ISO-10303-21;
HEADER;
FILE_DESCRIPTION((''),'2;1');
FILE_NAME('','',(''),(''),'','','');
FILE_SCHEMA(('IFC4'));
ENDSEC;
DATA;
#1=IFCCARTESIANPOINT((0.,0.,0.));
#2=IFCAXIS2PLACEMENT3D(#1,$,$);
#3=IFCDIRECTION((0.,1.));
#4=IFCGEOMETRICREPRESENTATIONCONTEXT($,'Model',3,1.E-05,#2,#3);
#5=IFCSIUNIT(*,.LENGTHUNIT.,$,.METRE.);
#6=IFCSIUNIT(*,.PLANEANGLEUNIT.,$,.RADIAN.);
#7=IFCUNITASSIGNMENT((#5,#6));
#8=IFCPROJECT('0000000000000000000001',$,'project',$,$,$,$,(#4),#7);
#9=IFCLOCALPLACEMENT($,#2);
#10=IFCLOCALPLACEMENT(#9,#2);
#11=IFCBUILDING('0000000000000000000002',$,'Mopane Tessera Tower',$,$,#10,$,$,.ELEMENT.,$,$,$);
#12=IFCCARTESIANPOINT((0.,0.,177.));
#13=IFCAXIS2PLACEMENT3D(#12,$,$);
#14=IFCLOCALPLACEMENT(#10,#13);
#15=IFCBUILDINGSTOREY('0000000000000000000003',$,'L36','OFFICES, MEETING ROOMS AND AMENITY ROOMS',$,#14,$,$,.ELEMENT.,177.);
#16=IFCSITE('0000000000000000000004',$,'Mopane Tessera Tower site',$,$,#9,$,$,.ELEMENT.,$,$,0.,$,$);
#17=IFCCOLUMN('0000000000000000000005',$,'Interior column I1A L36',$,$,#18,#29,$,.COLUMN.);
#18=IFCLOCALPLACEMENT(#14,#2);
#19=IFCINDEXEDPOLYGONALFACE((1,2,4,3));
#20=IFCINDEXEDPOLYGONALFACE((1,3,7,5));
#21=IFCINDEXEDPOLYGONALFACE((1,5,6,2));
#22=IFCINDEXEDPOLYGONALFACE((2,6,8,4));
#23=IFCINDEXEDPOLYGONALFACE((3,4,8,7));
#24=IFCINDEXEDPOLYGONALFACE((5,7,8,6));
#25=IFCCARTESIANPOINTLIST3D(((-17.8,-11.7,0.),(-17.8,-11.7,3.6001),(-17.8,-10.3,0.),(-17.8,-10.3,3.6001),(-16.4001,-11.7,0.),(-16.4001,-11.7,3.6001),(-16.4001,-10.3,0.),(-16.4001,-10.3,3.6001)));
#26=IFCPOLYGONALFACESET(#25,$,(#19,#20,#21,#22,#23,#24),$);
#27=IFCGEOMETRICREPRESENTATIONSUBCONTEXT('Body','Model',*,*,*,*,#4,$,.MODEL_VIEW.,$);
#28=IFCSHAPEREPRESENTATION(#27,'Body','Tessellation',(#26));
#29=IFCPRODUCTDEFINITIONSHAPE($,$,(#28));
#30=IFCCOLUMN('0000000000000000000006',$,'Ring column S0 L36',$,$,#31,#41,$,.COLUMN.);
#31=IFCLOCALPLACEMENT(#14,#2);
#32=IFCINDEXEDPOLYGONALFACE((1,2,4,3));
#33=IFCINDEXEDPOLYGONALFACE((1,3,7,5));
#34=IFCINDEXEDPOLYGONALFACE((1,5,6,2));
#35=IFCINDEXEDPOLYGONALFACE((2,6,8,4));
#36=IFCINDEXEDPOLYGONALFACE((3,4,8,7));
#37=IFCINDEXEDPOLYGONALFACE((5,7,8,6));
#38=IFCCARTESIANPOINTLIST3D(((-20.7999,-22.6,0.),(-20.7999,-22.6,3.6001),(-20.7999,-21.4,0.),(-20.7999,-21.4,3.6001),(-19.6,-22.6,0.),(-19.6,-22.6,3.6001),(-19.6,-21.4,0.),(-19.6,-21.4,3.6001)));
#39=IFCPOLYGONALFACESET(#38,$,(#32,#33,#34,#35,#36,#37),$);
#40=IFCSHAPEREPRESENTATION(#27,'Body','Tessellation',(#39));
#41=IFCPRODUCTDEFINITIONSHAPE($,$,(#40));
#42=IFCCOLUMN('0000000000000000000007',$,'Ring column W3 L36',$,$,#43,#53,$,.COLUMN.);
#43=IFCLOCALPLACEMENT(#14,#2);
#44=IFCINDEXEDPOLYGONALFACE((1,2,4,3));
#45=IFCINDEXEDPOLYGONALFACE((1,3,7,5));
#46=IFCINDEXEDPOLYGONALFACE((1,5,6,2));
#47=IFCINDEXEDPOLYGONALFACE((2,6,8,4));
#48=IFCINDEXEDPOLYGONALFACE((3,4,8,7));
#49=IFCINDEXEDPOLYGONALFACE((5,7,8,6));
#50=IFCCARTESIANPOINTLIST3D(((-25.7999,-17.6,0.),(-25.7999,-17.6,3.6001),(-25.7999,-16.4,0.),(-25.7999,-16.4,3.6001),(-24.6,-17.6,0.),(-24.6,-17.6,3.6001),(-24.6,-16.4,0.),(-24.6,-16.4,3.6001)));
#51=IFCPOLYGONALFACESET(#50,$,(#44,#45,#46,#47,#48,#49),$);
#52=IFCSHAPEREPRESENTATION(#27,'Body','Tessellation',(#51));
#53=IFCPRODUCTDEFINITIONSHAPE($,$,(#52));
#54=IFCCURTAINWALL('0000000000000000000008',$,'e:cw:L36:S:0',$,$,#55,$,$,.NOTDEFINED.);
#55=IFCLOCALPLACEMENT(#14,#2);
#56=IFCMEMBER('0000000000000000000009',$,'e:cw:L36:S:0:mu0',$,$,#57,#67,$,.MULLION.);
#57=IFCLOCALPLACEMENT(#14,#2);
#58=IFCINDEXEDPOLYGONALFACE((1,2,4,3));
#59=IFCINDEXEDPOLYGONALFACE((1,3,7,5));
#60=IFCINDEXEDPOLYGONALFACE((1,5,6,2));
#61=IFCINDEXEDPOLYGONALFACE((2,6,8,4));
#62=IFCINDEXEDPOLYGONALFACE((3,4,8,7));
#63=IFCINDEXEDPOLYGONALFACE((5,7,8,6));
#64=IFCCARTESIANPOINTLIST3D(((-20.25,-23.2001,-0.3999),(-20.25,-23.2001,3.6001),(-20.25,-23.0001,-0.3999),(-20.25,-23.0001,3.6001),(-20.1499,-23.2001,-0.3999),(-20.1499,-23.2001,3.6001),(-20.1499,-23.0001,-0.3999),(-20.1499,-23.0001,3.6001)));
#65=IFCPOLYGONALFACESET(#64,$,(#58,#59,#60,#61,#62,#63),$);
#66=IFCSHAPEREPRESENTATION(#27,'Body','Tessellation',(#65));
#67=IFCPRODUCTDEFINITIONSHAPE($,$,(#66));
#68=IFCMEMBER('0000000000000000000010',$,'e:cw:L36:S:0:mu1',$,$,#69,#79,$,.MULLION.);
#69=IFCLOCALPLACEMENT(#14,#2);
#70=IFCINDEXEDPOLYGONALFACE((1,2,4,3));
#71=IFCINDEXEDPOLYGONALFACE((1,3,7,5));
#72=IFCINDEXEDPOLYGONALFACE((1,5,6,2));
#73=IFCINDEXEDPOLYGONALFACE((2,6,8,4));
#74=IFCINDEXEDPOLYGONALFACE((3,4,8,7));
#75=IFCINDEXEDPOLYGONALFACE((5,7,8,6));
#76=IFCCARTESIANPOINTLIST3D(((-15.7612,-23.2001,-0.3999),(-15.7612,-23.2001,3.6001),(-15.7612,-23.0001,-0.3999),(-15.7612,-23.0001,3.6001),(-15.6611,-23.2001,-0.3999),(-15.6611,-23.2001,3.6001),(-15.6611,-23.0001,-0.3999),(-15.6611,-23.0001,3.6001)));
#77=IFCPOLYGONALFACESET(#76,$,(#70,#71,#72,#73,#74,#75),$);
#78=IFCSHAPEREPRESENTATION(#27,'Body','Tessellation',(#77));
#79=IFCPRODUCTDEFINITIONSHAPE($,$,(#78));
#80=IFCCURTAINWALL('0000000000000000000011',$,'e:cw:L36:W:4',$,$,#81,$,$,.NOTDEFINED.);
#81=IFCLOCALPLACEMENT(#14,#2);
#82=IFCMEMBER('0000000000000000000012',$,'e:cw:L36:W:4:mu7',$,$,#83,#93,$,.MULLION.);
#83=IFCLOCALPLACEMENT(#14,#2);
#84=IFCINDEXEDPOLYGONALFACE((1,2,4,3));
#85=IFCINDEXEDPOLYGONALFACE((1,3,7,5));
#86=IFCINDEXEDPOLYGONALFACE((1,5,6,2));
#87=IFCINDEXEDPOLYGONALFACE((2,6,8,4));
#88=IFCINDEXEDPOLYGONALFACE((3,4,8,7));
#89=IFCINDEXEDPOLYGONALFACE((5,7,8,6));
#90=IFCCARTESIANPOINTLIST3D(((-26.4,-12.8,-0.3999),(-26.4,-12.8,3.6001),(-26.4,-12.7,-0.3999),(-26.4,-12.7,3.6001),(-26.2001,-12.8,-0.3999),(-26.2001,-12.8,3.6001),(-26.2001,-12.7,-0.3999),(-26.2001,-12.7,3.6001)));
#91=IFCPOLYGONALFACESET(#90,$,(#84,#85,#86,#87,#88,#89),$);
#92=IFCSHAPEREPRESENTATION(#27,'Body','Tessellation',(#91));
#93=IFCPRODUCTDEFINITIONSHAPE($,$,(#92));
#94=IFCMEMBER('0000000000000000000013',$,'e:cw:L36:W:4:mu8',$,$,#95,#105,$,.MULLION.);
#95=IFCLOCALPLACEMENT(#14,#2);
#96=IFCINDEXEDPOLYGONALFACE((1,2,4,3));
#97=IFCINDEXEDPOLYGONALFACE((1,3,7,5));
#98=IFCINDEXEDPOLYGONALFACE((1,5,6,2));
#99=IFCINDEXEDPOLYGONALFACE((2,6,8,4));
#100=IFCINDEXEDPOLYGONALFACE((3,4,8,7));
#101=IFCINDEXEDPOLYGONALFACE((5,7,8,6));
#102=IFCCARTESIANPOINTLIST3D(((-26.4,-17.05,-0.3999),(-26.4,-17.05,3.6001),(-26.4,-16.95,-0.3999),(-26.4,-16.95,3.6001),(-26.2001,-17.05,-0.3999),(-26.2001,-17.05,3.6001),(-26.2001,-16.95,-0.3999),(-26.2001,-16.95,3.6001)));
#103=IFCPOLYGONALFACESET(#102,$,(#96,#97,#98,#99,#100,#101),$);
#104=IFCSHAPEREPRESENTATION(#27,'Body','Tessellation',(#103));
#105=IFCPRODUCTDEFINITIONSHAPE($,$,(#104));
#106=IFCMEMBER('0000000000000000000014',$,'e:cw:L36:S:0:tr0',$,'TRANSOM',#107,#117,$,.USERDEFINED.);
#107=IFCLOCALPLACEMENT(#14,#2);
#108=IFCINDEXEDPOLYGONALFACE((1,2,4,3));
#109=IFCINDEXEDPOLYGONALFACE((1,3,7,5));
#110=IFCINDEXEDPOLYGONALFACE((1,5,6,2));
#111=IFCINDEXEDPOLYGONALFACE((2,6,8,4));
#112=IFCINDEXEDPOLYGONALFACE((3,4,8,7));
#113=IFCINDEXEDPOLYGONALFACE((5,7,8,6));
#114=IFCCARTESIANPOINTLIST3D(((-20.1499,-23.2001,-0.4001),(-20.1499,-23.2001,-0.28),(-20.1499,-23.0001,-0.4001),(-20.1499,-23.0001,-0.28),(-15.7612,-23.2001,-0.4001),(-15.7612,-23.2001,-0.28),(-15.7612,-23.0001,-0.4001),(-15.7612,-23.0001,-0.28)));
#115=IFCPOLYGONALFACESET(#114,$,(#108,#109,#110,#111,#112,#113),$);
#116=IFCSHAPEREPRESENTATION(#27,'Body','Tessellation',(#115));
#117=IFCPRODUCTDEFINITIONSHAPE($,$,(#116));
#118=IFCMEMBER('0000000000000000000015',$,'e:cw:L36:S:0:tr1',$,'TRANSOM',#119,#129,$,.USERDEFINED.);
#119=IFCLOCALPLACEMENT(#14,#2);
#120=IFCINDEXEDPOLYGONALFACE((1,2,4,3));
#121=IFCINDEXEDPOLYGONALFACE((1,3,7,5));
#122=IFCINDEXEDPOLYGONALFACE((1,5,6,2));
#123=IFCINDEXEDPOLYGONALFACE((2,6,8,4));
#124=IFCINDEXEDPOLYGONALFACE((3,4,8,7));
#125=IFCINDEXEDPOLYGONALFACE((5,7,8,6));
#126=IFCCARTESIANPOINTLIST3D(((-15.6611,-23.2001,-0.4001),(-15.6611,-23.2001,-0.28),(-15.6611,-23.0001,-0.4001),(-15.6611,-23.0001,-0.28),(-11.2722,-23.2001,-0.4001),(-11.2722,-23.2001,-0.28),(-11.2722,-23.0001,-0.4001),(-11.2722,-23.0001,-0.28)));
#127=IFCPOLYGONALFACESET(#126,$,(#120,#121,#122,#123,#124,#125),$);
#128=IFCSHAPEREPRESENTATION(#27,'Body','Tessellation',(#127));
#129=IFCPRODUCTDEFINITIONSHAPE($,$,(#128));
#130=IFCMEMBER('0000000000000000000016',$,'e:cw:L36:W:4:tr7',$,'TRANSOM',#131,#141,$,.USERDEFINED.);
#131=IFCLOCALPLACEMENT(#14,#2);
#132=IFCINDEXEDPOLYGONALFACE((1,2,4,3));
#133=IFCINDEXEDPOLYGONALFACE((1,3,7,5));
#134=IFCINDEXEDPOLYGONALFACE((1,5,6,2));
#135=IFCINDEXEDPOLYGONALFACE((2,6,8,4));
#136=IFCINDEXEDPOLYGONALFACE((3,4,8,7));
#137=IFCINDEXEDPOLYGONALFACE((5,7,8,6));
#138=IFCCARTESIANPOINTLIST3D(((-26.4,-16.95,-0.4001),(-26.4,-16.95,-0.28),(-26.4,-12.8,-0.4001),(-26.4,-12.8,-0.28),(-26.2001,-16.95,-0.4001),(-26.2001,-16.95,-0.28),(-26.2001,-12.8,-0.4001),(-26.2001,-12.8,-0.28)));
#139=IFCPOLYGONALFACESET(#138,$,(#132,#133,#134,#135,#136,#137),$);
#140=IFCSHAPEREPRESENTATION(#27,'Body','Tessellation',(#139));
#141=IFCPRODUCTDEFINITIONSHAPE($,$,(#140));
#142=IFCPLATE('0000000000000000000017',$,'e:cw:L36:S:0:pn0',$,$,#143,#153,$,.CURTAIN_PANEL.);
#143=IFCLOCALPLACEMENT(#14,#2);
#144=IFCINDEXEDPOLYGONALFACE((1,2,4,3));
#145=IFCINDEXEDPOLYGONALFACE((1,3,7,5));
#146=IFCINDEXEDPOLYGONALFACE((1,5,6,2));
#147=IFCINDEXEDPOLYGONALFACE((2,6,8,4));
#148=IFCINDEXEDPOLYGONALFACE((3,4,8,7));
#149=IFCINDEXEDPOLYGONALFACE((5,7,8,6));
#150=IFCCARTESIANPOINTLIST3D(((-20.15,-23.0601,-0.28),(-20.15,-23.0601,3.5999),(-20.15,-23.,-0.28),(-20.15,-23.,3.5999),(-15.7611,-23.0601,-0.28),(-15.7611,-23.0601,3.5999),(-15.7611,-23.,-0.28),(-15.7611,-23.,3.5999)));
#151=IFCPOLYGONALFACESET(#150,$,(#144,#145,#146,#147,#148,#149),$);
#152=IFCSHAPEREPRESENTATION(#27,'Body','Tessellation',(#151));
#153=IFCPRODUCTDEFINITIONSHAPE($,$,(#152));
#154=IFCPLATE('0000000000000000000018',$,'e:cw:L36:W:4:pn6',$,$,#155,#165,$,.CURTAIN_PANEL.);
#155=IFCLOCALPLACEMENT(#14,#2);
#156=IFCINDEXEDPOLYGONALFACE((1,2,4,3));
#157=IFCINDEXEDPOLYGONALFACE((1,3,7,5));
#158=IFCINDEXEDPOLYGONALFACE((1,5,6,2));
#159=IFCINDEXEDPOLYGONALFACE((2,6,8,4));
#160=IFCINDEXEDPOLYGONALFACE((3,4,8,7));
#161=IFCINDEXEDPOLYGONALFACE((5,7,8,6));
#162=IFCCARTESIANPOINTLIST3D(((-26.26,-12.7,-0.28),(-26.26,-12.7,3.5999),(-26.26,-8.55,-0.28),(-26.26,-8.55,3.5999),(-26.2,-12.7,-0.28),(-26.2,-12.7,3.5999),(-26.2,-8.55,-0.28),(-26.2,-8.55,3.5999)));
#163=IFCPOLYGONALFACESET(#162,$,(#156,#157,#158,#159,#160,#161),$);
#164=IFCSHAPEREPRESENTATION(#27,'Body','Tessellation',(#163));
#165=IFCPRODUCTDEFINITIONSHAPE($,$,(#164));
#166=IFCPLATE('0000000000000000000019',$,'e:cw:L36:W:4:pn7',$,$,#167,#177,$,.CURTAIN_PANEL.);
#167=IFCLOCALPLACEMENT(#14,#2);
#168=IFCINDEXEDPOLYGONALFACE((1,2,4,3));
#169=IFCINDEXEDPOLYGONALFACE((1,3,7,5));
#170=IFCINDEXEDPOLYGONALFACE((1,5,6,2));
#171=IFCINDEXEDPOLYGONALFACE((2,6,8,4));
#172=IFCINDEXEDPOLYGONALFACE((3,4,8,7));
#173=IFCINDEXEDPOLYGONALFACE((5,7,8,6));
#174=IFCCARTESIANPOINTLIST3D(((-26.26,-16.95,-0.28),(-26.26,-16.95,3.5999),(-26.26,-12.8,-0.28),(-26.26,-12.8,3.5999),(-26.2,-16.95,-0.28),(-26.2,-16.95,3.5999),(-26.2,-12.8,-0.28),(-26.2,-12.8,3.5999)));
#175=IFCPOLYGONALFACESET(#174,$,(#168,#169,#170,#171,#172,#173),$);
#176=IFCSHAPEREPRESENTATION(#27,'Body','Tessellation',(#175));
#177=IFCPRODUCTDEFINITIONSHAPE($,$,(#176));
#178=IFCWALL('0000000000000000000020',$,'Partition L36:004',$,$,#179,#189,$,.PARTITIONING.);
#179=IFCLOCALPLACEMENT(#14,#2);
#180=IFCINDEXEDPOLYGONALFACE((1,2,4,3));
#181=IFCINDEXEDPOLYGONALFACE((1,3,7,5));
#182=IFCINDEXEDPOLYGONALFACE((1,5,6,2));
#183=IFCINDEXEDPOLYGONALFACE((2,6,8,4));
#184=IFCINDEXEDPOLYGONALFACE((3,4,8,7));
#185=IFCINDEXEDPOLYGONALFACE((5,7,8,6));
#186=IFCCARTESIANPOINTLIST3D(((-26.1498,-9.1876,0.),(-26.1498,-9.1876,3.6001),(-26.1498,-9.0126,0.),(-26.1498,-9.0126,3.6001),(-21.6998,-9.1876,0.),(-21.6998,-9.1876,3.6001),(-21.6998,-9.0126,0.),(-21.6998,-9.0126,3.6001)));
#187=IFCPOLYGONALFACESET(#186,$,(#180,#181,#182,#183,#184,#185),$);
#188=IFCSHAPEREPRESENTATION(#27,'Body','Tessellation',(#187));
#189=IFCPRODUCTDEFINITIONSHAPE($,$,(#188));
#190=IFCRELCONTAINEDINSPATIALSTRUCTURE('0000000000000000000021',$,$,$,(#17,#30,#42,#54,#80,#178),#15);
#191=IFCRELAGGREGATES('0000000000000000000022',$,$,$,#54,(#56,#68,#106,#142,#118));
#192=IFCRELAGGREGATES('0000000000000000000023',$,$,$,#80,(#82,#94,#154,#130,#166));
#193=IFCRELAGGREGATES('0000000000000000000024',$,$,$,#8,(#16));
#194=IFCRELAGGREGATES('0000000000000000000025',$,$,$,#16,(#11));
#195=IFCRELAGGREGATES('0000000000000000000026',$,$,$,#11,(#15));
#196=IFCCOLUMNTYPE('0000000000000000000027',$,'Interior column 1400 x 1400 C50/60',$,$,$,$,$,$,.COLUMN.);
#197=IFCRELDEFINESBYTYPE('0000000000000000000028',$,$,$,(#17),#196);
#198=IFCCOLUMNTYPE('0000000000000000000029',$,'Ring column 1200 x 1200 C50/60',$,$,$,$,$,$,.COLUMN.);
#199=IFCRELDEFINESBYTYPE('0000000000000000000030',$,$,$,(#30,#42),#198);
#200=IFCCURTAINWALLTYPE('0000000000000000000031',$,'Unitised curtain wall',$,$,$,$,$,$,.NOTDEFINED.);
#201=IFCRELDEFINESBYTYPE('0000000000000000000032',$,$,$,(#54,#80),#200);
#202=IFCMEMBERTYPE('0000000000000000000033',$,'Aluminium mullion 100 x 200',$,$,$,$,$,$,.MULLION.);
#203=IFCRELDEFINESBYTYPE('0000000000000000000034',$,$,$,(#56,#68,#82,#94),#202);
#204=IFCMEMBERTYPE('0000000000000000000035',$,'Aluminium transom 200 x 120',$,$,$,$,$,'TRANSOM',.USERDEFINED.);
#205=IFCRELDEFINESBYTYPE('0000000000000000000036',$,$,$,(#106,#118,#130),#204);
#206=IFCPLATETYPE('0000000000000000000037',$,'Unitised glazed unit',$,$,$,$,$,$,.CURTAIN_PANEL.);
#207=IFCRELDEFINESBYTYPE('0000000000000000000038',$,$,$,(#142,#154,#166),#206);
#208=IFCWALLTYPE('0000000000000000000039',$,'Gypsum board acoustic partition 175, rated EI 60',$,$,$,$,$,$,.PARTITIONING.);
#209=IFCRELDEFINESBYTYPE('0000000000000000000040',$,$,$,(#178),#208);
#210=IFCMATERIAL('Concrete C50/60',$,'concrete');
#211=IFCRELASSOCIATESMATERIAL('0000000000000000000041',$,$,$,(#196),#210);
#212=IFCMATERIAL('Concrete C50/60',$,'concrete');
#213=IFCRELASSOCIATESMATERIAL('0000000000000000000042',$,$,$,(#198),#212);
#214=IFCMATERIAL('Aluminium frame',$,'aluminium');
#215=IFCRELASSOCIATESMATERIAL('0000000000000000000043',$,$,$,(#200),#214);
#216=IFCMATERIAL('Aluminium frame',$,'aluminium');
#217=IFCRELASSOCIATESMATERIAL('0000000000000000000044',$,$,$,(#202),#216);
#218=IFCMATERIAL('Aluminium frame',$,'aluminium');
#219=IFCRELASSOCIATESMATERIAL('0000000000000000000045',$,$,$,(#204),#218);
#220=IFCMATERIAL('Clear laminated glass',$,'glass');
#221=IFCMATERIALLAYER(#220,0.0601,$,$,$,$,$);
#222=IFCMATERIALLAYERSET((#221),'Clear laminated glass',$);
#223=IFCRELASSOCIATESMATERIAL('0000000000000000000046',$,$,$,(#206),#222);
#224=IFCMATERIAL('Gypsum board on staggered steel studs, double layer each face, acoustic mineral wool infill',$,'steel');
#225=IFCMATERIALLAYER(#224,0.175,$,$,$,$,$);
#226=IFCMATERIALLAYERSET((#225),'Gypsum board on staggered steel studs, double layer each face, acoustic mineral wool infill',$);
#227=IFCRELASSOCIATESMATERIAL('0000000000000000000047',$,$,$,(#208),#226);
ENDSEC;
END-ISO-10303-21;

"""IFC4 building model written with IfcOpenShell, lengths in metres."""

from ifc_helpers import new_model, si_unit, direction, frame, frame_2d, origin, origin_2d, place, context, subcontext, project, spatial, rectangle, extrude, material, layer, layer_set, material_profile, profile_set, type_object, element, aggregate, save


model = new_model("IFC4")

# Units and contexts
model_context = context("Model", 3, precision=1e-05, world=origin(), true_north=direction((0.0, 1.0)))
body_context = subcontext(model_context, "Body", "Model", "MODEL_VIEW")
ifc_project = project(units=[si_unit("LENGTHUNIT", "METRE"), si_unit("PLANEANGLEUNIT", "RADIAN")], contexts=[model_context])

# Site, building, storey
site_placement = place(None, origin())
site = spatial("IfcSite", under=ifc_project, at=site_placement, Name="Mopane Tessera Tower site", CompositionType="ELEMENT", RefElevation=0.0)
building_placement = place(site_placement, origin())
building = spatial("IfcBuilding", under=site, at=building_placement, Name="Mopane Tessera Tower", CompositionType="ELEMENT")
storey_placement = place(building_placement, frame((0.0, 0.0, 177.0)))
storey = spatial("IfcBuildingStorey", under=building, at=storey_placement, Name="L36", Description="OFFICES, MEETING ROOMS AND AMENITY ROOMS", CompositionType="ELEMENT", Elevation=177.0)

# Columns
ifc_material_1 = material(Name="Concrete C50/60", Category="concrete")
ifc_material_profile_1 = material_profile(ifc_material_1, rectangle(XDim=1.3999, YDim=1.3999, at=origin_2d()))
ifc_profile_set_1 = profile_set([ifc_material_profile_1], Name="Concrete C50/60")
column_type_1 = type_object("IfcColumnType", Name="Interior column 1400 x 1400 C50/60", PredefinedType="COLUMN", material=ifc_profile_set_1)
column_placement = place(storey_placement, frame((-17.1001, -11.0, 0.0), z_axis=(0.0, 0.0, 1.0), x_axis=(1.0, 0.0, 0.0)))
element("IfcColumn", 1, at=column_placement, inside=storey, type_object=column_type_1, Name="Interior column I1A L36", PredefinedType="COLUMN", context=body_context, shape_type="SweptSolid", body=[
    extrude(rectangle(XDim=1.3999, YDim=1.3999, at=origin_2d()), origin(), (0.0, 0.0, 1.0), 3.6001),
])
ifc_material_2 = material(Name="Concrete C50/60", Category="concrete")
ifc_material_profile_2 = material_profile(ifc_material_2, rectangle(XDim=1.2, YDim=1.2, at=origin_2d()))
ifc_profile_set_2 = profile_set([ifc_material_profile_2], Name="Concrete C50/60")
column_type_2 = type_object("IfcColumnType", Name="Ring column 1200 x 1200 C50/60", PredefinedType="COLUMN", material=ifc_profile_set_2)
for number, where, z_axis, x_axis, name in (
    (2, (-20.2, -22.0, 0.0), (0.0, 0.0, 1.0), (1.0, 0.0, 0.0), "Ring column S0 L36"),
    (3, (-25.2, -17.0, 0.0), (0.0, 0.0, 1.0), (1.0, 0.0, 0.0), "Ring column W3 L36"),
):
    element("IfcColumn", number, at=place(storey_placement, frame(where, z_axis=z_axis, x_axis=x_axis)), inside=storey, type_object=column_type_2, Name=name, PredefinedType="COLUMN", context=body_context, shape_type="SweptSolid", body=[
        extrude(rectangle(XDim=1.2, YDim=1.2, at=origin_2d()), origin(), (0.0, 0.0, 1.0), 3.6001),
    ])

# Curtain walls, members
ifc_material_3 = material(Name="Aluminium frame", Category="aluminium")
curtain_wall_type = type_object("IfcCurtainWallType", Name="Unitised curtain wall", PredefinedType="NOTDEFINED", material=ifc_material_3)
curtain_wall_1_placement = place(storey_placement, origin())
curtain_wall_1 = element("IfcCurtainWall", 4, at=curtain_wall_1_placement, inside=storey, type_object=curtain_wall_type, Name="e:cw:L36:S:0", PredefinedType="NOTDEFINED")
ifc_material_4 = material(Name="Aluminium frame", Category="aluminium")
ifc_material_profile_3 = material_profile(ifc_material_4, rectangle(XDim=0.1001, YDim=0.2, at=origin_2d()))
ifc_profile_set_3 = profile_set([ifc_material_profile_3], Name="Aluminium frame")
member_type_1 = type_object("IfcMemberType", Name="Aluminium mullion 100 x 200", PredefinedType="MULLION", material=ifc_profile_set_3)
member_1_placement = place(storey_placement, frame((-20.2, -23.1001, -0.3999), z_axis=(0.0, 0.0, 1.0), x_axis=(1.0, 0.0, 0.0)))
member_1 = element("IfcMember", 5, at=member_1_placement, type_object=member_type_1, Name="e:cw:L36:S:0:mu0", PredefinedType="MULLION", context=body_context, shape_type="SweptSolid", body=[
    extrude(rectangle(XDim=0.1001, YDim=0.2, at=origin_2d()), origin(), (0.0, 0.0, 1.0), 4.0),
])
member_2_placement = place(storey_placement, frame((-15.7112, -23.1001, -0.3999), z_axis=(0.0, 0.0, 1.0), x_axis=(1.0, 0.0, 0.0)))
member_2 = element("IfcMember", 6, at=member_2_placement, type_object=member_type_1, Name="e:cw:L36:S:0:mu1", PredefinedType="MULLION", context=body_context, shape_type="SweptSolid", body=[
    extrude(rectangle(XDim=0.1001, YDim=0.2, at=origin_2d()), origin(), (0.0, 0.0, 1.0), 4.0),
])
curtain_wall_2_placement = place(storey_placement, origin())
curtain_wall_2 = element("IfcCurtainWall", 7, at=curtain_wall_2_placement, inside=storey, type_object=curtain_wall_type, Name="e:cw:L36:W:4", PredefinedType="NOTDEFINED")
member_3_placement = place(storey_placement, frame((-26.3, -12.75, -0.3999), z_axis=(0.0, 0.0, 1.0), x_axis=(0.0, -1.0, 0.0)))
member_3 = element("IfcMember", 8, at=member_3_placement, type_object=member_type_1, Name="e:cw:L36:W:4:mu7", PredefinedType="MULLION", context=body_context, shape_type="SweptSolid", body=[
    extrude(rectangle(XDim=0.1001, YDim=0.2, at=origin_2d()), origin(), (0.0, 0.0, 1.0), 4.0),
])
member_4_placement = place(storey_placement, frame((-26.3, -17.0, -0.3999), z_axis=(0.0, 0.0, 1.0), x_axis=(0.0, -1.0, 0.0)))
member_4 = element("IfcMember", 9, at=member_4_placement, type_object=member_type_1, Name="e:cw:L36:W:4:mu8", PredefinedType="MULLION", context=body_context, shape_type="SweptSolid", body=[
    extrude(rectangle(XDim=0.1001, YDim=0.2, at=origin_2d()), origin(), (0.0, 0.0, 1.0), 4.0),
])

# Members
ifc_material_5 = material(Name="Aluminium frame", Category="aluminium")
ifc_material_profile_4 = material_profile(ifc_material_5, rectangle(XDim=0.2, YDim=0.1201, at=origin_2d()))
ifc_profile_set_4 = profile_set([ifc_material_profile_4], Name="Aluminium frame")
member_type_2 = type_object("IfcMemberType", Name="Aluminium transom 200 x 120", ElementType="TRANSOM", PredefinedType="USERDEFINED", material=ifc_profile_set_4)
member_5_placement = place(storey_placement, frame((-20.1499, -23.1001, -0.3401), z_axis=(1.0, 0.0, 0.0), x_axis=(0.0, 1.0, 0.0)))
member_5 = element("IfcMember", 10, at=member_5_placement, type_object=member_type_2, Name="e:cw:L36:S:0:tr0", ObjectType="TRANSOM", PredefinedType="USERDEFINED", context=body_context, shape_type="SweptSolid", body=[
    extrude(rectangle(XDim=0.2, YDim=0.1201, at=origin_2d()), origin(), (0.0, 0.0, 1.0), 4.3887),
])
member_6_placement = place(storey_placement, frame((-15.6611, -23.1001, -0.3401), z_axis=(1.0, 0.0, 0.0), x_axis=(0.0, 1.0, 0.0)))
member_6 = element("IfcMember", 11, at=member_6_placement, type_object=member_type_2, Name="e:cw:L36:S:0:tr1", ObjectType="TRANSOM", PredefinedType="USERDEFINED", context=body_context, shape_type="SweptSolid", body=[
    extrude(rectangle(XDim=0.2, YDim=0.1201, at=origin_2d()), origin(), (0.0, 0.0, 1.0), 4.3889),
])
member_7_placement = place(storey_placement, frame((-26.3, -12.8, -0.3401), z_axis=(0.0, -1.0, 0.0), x_axis=(1.0, 0.0, 0.0)))
member_7 = element("IfcMember", 12, at=member_7_placement, type_object=member_type_2, Name="e:cw:L36:W:4:tr7", ObjectType="TRANSOM", PredefinedType="USERDEFINED", context=body_context, shape_type="SweptSolid", body=[
    extrude(rectangle(XDim=0.2, YDim=0.1201, at=origin_2d()), origin(), (0.0, 0.0, 1.0), 4.1499),
])

# Plates
ifc_material_6 = material(Name="Clear laminated glass", Category="glass")
ifc_layer_1 = layer(ifc_material_6, 0.0601)
ifc_layer_set_1 = layer_set([ifc_layer_1], Name="Clear laminated glass")
plate_type = type_object("IfcPlateType", Name="Unitised glazed unit", PredefinedType="CURTAIN_PANEL", material=ifc_layer_set_1)
plate_1_placement = place(storey_placement, frame((-17.9556, -23.03, -0.28), z_axis=(0.0, 0.0, 1.0), x_axis=(1.0, 0.0, 0.0)))
plate_1 = element("IfcPlate", 13, at=plate_1_placement, type_object=plate_type, Name="e:cw:L36:S:0:pn0", PredefinedType="CURTAIN_PANEL", context=body_context, shape_type="SweptSolid", body=[
    extrude(rectangle(XDim=4.3889, YDim=0.0601, at=origin_2d()), origin(), (0.0, 0.0, 1.0), 3.8799),
])
aggregate(curtain_wall_1, [member_1, member_2, member_5, plate_1, member_6])
plate_2_placement = place(storey_placement, frame((-26.23, -10.625, -0.28), z_axis=(0.0, 0.0, 1.0), x_axis=(0.0, -1.0, 0.0)))
plate_2 = element("IfcPlate", 14, at=plate_2_placement, type_object=plate_type, Name="e:cw:L36:W:4:pn6", PredefinedType="CURTAIN_PANEL", context=body_context, shape_type="SweptSolid", body=[
    extrude(rectangle(XDim=4.1499, YDim=0.0601, at=origin_2d()), origin(), (0.0, 0.0, 1.0), 3.8799),
])
plate_3_placement = place(storey_placement, frame((-26.23, -14.875, -0.28), z_axis=(0.0, 0.0, 1.0), x_axis=(0.0, -1.0, 0.0)))
plate_3 = element("IfcPlate", 15, at=plate_3_placement, type_object=plate_type, Name="e:cw:L36:W:4:pn7", PredefinedType="CURTAIN_PANEL", context=body_context, shape_type="SweptSolid", body=[
    extrude(rectangle(XDim=4.1499, YDim=0.0601, at=origin_2d()), origin(), (0.0, 0.0, 1.0), 3.8799),
])
aggregate(curtain_wall_2, [member_3, member_4, plate_2, member_7, plate_3])

# Wall
ifc_material_7 = material(Name="Gypsum board on staggered steel studs, double layer each face, acoustic mineral wool infill", Category="steel")
ifc_layer_2 = layer(ifc_material_7, 0.175)
ifc_layer_set_2 = layer_set([ifc_layer_2], Name="Gypsum board on staggered steel studs, double layer each face, acoustic mineral wool infill")
wall_type_1 = type_object("IfcWallType", Name="Gypsum board acoustic partition 175, rated EI 60", PredefinedType="PARTITIONING", material=ifc_layer_set_2)
wall_1_placement = place(storey_placement, frame((-26.1499, -9.1001, 0.0), z_axis=(0.0, 0.0, 1.0), x_axis=(1.0, 0.0, 0.0)))
element("IfcWall", 16, at=wall_1_placement, inside=storey, type_object=wall_type_1, Name="Partition L36:004", PredefinedType="PARTITIONING", context=body_context, shape_type="SweptSolid", body=[
    extrude(rectangle(XDim=4.45, YDim=0.175, at=frame_2d((2.2251, 0.0))), origin(), (0.0, 0.0, 1.0), 3.6001),
])

save(model, "model.ifc")
